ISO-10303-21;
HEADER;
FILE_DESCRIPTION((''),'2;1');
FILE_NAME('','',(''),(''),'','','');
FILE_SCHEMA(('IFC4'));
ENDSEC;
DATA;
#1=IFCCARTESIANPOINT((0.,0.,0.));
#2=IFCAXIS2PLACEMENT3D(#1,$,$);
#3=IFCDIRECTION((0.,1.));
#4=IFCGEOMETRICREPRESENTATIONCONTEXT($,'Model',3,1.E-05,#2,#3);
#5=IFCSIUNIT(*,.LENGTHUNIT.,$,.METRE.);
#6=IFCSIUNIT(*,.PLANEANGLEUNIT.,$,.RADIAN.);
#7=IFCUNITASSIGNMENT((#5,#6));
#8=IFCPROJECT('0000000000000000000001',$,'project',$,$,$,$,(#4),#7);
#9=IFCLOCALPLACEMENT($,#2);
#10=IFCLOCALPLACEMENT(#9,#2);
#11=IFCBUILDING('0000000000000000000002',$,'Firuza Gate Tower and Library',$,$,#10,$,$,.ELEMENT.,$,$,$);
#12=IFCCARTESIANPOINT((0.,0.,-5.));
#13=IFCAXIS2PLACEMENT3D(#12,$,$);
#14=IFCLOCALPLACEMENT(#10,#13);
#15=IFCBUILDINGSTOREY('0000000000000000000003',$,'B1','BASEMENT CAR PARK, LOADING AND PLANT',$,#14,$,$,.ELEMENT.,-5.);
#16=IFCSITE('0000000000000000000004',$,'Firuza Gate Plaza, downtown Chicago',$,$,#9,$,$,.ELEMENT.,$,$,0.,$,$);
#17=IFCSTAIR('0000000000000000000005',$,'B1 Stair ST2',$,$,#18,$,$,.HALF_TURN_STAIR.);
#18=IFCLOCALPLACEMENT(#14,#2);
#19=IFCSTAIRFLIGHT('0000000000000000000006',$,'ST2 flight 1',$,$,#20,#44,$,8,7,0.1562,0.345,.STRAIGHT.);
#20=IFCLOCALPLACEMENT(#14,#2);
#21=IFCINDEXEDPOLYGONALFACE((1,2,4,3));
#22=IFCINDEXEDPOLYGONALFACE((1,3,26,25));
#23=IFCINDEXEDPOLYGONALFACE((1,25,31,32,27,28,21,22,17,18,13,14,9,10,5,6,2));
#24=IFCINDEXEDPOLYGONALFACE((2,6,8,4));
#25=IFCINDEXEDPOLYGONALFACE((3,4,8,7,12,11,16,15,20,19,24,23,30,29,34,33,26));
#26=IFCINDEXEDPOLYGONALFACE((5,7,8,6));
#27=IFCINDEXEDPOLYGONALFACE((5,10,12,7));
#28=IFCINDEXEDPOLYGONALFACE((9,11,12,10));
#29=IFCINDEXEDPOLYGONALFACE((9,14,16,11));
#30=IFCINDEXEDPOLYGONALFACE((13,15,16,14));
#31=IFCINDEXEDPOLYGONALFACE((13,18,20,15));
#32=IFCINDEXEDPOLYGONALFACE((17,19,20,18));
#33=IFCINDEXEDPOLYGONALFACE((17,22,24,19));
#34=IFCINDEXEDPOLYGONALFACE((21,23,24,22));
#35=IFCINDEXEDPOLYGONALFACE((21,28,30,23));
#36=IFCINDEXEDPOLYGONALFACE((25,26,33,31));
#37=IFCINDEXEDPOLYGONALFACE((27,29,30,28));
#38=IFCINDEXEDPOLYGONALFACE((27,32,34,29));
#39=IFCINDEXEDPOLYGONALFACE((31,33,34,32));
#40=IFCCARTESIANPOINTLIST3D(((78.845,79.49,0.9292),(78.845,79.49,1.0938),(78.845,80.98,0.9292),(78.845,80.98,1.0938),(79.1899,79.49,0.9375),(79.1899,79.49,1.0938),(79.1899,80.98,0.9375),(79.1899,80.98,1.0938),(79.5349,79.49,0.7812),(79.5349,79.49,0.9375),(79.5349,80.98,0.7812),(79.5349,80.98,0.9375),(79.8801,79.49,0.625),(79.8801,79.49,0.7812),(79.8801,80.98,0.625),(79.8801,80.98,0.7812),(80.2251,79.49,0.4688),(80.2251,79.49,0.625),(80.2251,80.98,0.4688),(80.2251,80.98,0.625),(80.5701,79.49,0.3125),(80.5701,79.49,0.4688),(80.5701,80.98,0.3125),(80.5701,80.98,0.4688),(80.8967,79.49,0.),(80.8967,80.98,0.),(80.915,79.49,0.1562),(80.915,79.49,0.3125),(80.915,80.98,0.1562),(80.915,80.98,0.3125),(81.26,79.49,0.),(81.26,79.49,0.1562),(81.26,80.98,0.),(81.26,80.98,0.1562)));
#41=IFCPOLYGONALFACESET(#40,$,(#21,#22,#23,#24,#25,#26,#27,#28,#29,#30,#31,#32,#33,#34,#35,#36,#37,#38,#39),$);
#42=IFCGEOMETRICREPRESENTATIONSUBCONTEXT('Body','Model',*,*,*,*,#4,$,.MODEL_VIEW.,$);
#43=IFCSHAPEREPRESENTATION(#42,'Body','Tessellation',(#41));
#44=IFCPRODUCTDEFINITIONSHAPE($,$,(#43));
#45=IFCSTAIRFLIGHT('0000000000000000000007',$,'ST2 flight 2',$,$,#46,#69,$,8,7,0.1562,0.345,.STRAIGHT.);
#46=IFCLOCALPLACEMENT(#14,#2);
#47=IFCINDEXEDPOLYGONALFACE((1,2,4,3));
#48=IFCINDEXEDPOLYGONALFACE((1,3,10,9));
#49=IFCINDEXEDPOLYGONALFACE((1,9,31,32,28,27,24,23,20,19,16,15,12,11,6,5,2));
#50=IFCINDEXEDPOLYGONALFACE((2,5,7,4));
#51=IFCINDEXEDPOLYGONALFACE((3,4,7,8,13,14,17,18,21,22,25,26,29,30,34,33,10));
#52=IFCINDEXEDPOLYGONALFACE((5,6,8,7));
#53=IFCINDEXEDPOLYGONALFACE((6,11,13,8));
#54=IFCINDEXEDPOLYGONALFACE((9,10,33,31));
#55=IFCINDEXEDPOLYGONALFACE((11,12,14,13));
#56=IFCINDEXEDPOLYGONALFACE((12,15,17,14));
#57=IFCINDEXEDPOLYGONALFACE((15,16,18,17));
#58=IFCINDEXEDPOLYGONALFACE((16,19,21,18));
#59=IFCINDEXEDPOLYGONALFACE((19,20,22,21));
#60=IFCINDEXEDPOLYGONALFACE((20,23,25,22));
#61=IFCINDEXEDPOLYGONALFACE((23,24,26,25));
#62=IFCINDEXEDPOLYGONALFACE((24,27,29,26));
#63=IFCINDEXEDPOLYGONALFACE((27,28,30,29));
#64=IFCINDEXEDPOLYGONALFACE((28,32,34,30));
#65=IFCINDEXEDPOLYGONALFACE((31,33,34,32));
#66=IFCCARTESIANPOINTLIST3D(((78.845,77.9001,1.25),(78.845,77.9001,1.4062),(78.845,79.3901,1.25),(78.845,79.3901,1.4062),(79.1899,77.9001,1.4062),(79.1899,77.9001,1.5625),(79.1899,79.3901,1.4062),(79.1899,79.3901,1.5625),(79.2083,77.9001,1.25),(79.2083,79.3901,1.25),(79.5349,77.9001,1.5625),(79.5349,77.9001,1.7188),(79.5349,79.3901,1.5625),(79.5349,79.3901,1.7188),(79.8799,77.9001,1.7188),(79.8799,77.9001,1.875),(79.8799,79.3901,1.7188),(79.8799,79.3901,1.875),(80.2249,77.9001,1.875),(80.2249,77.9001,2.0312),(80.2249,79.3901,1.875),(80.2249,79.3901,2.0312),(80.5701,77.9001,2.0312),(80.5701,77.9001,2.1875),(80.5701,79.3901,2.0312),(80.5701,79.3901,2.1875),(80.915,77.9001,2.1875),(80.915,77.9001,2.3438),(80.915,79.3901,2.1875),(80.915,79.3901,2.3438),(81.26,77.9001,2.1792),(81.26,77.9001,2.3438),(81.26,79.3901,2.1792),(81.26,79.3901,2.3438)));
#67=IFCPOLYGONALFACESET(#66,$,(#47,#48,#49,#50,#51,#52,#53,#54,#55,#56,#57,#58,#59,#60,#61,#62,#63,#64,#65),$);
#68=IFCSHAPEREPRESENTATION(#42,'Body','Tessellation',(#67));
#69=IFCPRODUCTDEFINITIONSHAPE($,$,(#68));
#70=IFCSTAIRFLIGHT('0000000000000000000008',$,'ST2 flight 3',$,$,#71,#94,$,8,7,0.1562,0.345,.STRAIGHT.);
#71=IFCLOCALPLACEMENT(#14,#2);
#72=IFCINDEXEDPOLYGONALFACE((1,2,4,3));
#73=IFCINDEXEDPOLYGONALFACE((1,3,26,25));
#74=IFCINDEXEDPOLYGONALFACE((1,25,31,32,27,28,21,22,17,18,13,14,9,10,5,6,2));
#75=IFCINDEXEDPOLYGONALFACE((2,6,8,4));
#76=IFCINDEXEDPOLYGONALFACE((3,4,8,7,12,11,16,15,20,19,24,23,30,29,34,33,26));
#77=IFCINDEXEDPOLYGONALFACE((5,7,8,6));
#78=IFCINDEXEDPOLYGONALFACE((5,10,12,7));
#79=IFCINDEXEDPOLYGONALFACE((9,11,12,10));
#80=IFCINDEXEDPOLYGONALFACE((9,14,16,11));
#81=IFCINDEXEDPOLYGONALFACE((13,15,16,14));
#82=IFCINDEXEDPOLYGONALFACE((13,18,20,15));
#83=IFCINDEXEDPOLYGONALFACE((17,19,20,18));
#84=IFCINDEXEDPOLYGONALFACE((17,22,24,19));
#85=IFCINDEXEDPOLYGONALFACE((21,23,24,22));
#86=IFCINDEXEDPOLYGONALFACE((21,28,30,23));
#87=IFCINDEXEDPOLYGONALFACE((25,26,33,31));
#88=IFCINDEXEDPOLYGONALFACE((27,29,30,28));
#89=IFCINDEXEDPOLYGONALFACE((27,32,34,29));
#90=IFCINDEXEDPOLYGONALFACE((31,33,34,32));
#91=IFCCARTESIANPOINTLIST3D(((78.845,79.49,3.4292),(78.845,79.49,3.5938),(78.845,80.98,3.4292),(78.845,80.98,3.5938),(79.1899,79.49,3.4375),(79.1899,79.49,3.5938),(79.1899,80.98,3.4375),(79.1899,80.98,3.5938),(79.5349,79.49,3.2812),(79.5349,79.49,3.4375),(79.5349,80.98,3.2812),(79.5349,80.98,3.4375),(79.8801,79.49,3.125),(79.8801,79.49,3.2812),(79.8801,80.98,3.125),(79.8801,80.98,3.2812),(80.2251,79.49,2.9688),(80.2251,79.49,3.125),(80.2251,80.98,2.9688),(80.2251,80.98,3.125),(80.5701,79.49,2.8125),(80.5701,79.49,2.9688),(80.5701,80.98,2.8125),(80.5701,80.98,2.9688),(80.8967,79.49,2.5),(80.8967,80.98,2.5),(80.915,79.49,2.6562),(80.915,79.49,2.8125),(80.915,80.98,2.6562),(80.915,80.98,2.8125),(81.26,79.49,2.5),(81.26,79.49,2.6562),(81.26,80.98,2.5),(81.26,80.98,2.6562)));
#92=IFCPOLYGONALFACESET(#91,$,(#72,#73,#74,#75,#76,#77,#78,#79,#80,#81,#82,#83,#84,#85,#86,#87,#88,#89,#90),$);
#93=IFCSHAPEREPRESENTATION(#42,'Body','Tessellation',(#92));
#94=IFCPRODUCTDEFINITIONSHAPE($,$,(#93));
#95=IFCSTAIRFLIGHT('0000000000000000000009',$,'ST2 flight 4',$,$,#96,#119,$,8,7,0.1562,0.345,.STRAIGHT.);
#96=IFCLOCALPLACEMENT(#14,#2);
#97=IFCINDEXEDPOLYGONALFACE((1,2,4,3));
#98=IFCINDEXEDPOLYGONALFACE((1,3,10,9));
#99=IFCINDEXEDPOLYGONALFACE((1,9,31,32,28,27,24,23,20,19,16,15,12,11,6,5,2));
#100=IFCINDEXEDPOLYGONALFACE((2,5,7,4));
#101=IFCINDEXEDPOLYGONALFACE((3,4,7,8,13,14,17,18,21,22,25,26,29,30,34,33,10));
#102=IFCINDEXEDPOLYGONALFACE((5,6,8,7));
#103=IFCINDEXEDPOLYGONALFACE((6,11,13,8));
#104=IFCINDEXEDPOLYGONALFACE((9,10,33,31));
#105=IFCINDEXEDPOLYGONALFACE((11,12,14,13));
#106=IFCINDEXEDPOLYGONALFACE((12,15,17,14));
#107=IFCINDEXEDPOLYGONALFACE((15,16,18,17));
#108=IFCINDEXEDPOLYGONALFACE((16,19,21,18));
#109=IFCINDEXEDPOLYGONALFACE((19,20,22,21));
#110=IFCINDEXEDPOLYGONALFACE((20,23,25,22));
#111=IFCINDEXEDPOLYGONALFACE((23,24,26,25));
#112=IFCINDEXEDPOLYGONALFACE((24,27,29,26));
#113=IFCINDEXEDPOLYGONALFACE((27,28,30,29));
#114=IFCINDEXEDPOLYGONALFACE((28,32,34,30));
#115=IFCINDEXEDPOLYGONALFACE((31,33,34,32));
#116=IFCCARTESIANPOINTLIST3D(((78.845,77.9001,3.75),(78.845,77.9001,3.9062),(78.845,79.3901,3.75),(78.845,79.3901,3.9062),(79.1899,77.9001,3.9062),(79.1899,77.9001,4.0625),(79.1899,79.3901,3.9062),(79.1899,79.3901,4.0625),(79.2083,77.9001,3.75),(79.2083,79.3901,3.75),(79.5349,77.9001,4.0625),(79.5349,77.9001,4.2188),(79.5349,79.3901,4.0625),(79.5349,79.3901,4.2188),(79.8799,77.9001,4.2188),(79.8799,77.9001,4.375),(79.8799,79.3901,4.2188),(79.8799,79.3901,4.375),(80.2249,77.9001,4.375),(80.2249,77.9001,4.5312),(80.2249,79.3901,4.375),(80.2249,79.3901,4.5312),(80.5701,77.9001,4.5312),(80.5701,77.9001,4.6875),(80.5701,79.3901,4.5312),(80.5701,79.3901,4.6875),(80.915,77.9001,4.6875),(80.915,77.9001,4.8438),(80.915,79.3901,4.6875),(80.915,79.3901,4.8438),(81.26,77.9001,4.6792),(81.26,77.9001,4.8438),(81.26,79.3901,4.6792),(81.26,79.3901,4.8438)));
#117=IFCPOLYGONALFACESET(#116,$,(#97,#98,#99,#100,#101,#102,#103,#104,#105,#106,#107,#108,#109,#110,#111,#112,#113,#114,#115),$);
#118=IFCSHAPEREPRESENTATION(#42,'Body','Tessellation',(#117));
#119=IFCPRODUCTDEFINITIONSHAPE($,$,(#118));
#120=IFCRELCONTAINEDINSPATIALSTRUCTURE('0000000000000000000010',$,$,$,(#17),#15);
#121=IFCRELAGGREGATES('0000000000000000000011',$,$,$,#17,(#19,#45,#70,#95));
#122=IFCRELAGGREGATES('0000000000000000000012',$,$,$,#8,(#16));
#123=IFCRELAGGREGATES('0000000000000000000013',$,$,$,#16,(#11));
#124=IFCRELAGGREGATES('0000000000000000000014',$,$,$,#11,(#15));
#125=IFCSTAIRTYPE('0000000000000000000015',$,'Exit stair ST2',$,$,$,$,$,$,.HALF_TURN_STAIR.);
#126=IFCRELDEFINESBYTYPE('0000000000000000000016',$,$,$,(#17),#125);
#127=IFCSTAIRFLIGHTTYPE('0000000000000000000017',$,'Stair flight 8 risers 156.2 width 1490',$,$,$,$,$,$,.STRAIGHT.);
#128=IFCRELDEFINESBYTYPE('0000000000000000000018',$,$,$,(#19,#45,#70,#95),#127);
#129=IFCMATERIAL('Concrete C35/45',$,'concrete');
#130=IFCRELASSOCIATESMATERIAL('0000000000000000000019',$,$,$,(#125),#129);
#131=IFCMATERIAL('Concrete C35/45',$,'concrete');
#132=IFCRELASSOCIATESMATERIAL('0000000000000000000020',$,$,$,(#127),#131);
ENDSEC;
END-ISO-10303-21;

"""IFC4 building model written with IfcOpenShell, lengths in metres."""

from ifc_helpers import new_model, si_unit, direction, frame, origin, place, context, subcontext, project, spatial, polyline, outline, extrude, material, type_object, element, aggregate, save


model = new_model("IFC4")

# Units and contexts
model_context = context("Model", 3, precision=1e-05, world=origin(), true_north=direction((0.0, 1.0)))
body_context = subcontext(model_context, "Body", "Model", "MODEL_VIEW")
ifc_project = project(units=[si_unit("LENGTHUNIT", "METRE"), si_unit("PLANEANGLEUNIT", "RADIAN")], contexts=[model_context])

# Site, building, storey
site_placement = place(None, origin())
site = spatial("IfcSite", under=ifc_project, at=site_placement, Name="Firuza Gate Plaza, downtown Chicago", CompositionType="ELEMENT", RefElevation=0.0)
building_placement = place(site_placement, origin())
building = spatial("IfcBuilding", under=site, at=building_placement, Name="Firuza Gate Tower and Library", CompositionType="ELEMENT")
storey_placement = place(building_placement, frame((0.0, 0.0, -5.0)))
storey = spatial("IfcBuildingStorey", under=building, at=storey_placement, Name="B1", Description="BASEMENT CAR PARK, LOADING AND PLANT", CompositionType="ELEMENT", Elevation=-5.0)

# Stair, stair flights
ifc_material_1 = material(Name="Concrete C35/45", Category="concrete")
stair_type = type_object("IfcStairType", Name="Exit stair ST2", PredefinedType="HALF_TURN_STAIR", material=ifc_material_1)
stair_placement = place(storey_placement, origin())
stair = element("IfcStair", 1, at=stair_placement, inside=storey, type_object=stair_type, Name="B1 Stair ST2", PredefinedType="HALF_TURN_STAIR")
ifc_material_2 = material(Name="Concrete C35/45", Category="concrete")
stair_flight_type = type_object("IfcStairFlightType", Name="Stair flight 8 risers 156.2 width 1490", PredefinedType="STRAIGHT", material=ifc_material_2)
stair_flight_1_placement = place(storey_placement, frame((81.26, 80.2351, 0.0), z_axis=(0.0, 0.0, 1.0), x_axis=(-1.0, 0.0, 0.0)))
stair_flight_1 = element("IfcStairFlight", 2, at=stair_flight_1_placement, type_object=stair_flight_type, Name="ST2 flight 1", NumberOfRisers=8, NumberOfTreads=7, PredefinedType="STRAIGHT", RiserHeight=0.1562, TreadLength=0.345, context=body_context, shape_type="SweptSolid", body=[
    extrude(outline(polyline([(0.0, 0.0), (0.0, 0.1562), (0.345, 0.1562), (0.345, 0.3125), (0.6899, 0.3125), (0.6899, 0.4688), (1.0349, 0.4688), (1.0349, 0.625), (1.3799, 0.625), (1.3799, 0.7812), (1.7251, 0.7812), (1.7251, 0.9375), (2.0701, 0.9375), (2.0701, 1.0938), (2.415, 1.0938), (2.415, 1.25), (2.415, 0.9292), (0.3633, 0.0), (0.0, 0.0)])), frame((0.0, 0.7451, 0.0), z_axis=(0.0, -1.0, 0.0), x_axis=(1.0, 0.0, 0.0)), (0.0, 0.0, 1.0), 1.49),
])
stair_flight_2_placement = place(storey_placement, frame((78.845, 78.645, 1.25), z_axis=(0.0, 0.0, 1.0), x_axis=(1.0, 0.0, 0.0)))
stair_flight_2 = element("IfcStairFlight", 3, at=stair_flight_2_placement, type_object=stair_flight_type, Name="ST2 flight 2", NumberOfRisers=8, NumberOfTreads=7, PredefinedType="STRAIGHT", RiserHeight=0.1562, TreadLength=0.345, context=body_context, shape_type="SweptSolid", body=[
    extrude(outline(polyline([(0.0, 0.0), (0.0, 0.1562), (0.345, 0.1562), (0.345, 0.3125), (0.6899, 0.3125), (0.6899, 0.4688), (1.0349, 0.4688), (1.0349, 0.625), (1.3799, 0.625), (1.3799, 0.7812), (1.7251, 0.7812), (1.7251, 0.9375), (2.0701, 0.9375), (2.0701, 1.0938), (2.415, 1.0938), (2.415, 1.25), (2.415, 0.9292), (0.3633, 0.0), (0.0, 0.0)])), frame((0.0, 0.7451, 0.0), z_axis=(0.0, -1.0, 0.0), x_axis=(1.0, 0.0, 0.0)), (0.0, 0.0, 1.0), 1.49),
])
stair_flight_3_placement = place(storey_placement, frame((81.26, 80.2351, 2.5), z_axis=(0.0, 0.0, 1.0), x_axis=(-1.0, 0.0, 0.0)))
stair_flight_3 = element("IfcStairFlight", 4, at=stair_flight_3_placement, type_object=stair_flight_type, Name="ST2 flight 3", NumberOfRisers=8, NumberOfTreads=7, PredefinedType="STRAIGHT", RiserHeight=0.1562, TreadLength=0.345, context=body_context, shape_type="SweptSolid", body=[
    extrude(outline(polyline([(0.0, 0.0), (0.0, 0.1562), (0.345, 0.1562), (0.345, 0.3125), (0.6899, 0.3125), (0.6899, 0.4688), (1.0349, 0.4688), (1.0349, 0.625), (1.3799, 0.625), (1.3799, 0.7812), (1.7251, 0.7812), (1.7251, 0.9375), (2.0701, 0.9375), (2.0701, 1.0938), (2.415, 1.0938), (2.415, 1.25), (2.415, 0.9292), (0.3633, 0.0), (0.0, 0.0)])), frame((0.0, 0.7451, 0.0), z_axis=(0.0, -1.0, 0.0), x_axis=(1.0, 0.0, 0.0)), (0.0, 0.0, 1.0), 1.49),
])
stair_flight_4_placement = place(storey_placement, frame((78.845, 78.645, 3.75), z_axis=(0.0, 0.0, 1.0), x_axis=(1.0, 0.0, 0.0)))
stair_flight_4 = element("IfcStairFlight", 5, at=stair_flight_4_placement, type_object=stair_flight_type, Name="ST2 flight 4", NumberOfRisers=8, NumberOfTreads=7, PredefinedType="STRAIGHT", RiserHeight=0.1562, TreadLength=0.345, context=body_context, shape_type="SweptSolid", body=[
    extrude(outline(polyline([(0.0, 0.0), (0.0, 0.1562), (0.345, 0.1562), (0.345, 0.3125), (0.6899, 0.3125), (0.6899, 0.4688), (1.0349, 0.4688), (1.0349, 0.625), (1.3799, 0.625), (1.3799, 0.7812), (1.7251, 0.7812), (1.7251, 0.9375), (2.0701, 0.9375), (2.0701, 1.0938), (2.415, 1.0938), (2.415, 1.25), (2.415, 0.9292), (0.3633, 0.0), (0.0, 0.0)])), frame((0.0, 0.7451, 0.0), z_axis=(0.0, -1.0, 0.0), x_axis=(1.0, 0.0, 0.0)), (0.0, 0.0, 1.0), 1.49),
])
aggregate(stair, [stair_flight_1, stair_flight_2, stair_flight_3, stair_flight_4])

save(model, "model.ifc")
